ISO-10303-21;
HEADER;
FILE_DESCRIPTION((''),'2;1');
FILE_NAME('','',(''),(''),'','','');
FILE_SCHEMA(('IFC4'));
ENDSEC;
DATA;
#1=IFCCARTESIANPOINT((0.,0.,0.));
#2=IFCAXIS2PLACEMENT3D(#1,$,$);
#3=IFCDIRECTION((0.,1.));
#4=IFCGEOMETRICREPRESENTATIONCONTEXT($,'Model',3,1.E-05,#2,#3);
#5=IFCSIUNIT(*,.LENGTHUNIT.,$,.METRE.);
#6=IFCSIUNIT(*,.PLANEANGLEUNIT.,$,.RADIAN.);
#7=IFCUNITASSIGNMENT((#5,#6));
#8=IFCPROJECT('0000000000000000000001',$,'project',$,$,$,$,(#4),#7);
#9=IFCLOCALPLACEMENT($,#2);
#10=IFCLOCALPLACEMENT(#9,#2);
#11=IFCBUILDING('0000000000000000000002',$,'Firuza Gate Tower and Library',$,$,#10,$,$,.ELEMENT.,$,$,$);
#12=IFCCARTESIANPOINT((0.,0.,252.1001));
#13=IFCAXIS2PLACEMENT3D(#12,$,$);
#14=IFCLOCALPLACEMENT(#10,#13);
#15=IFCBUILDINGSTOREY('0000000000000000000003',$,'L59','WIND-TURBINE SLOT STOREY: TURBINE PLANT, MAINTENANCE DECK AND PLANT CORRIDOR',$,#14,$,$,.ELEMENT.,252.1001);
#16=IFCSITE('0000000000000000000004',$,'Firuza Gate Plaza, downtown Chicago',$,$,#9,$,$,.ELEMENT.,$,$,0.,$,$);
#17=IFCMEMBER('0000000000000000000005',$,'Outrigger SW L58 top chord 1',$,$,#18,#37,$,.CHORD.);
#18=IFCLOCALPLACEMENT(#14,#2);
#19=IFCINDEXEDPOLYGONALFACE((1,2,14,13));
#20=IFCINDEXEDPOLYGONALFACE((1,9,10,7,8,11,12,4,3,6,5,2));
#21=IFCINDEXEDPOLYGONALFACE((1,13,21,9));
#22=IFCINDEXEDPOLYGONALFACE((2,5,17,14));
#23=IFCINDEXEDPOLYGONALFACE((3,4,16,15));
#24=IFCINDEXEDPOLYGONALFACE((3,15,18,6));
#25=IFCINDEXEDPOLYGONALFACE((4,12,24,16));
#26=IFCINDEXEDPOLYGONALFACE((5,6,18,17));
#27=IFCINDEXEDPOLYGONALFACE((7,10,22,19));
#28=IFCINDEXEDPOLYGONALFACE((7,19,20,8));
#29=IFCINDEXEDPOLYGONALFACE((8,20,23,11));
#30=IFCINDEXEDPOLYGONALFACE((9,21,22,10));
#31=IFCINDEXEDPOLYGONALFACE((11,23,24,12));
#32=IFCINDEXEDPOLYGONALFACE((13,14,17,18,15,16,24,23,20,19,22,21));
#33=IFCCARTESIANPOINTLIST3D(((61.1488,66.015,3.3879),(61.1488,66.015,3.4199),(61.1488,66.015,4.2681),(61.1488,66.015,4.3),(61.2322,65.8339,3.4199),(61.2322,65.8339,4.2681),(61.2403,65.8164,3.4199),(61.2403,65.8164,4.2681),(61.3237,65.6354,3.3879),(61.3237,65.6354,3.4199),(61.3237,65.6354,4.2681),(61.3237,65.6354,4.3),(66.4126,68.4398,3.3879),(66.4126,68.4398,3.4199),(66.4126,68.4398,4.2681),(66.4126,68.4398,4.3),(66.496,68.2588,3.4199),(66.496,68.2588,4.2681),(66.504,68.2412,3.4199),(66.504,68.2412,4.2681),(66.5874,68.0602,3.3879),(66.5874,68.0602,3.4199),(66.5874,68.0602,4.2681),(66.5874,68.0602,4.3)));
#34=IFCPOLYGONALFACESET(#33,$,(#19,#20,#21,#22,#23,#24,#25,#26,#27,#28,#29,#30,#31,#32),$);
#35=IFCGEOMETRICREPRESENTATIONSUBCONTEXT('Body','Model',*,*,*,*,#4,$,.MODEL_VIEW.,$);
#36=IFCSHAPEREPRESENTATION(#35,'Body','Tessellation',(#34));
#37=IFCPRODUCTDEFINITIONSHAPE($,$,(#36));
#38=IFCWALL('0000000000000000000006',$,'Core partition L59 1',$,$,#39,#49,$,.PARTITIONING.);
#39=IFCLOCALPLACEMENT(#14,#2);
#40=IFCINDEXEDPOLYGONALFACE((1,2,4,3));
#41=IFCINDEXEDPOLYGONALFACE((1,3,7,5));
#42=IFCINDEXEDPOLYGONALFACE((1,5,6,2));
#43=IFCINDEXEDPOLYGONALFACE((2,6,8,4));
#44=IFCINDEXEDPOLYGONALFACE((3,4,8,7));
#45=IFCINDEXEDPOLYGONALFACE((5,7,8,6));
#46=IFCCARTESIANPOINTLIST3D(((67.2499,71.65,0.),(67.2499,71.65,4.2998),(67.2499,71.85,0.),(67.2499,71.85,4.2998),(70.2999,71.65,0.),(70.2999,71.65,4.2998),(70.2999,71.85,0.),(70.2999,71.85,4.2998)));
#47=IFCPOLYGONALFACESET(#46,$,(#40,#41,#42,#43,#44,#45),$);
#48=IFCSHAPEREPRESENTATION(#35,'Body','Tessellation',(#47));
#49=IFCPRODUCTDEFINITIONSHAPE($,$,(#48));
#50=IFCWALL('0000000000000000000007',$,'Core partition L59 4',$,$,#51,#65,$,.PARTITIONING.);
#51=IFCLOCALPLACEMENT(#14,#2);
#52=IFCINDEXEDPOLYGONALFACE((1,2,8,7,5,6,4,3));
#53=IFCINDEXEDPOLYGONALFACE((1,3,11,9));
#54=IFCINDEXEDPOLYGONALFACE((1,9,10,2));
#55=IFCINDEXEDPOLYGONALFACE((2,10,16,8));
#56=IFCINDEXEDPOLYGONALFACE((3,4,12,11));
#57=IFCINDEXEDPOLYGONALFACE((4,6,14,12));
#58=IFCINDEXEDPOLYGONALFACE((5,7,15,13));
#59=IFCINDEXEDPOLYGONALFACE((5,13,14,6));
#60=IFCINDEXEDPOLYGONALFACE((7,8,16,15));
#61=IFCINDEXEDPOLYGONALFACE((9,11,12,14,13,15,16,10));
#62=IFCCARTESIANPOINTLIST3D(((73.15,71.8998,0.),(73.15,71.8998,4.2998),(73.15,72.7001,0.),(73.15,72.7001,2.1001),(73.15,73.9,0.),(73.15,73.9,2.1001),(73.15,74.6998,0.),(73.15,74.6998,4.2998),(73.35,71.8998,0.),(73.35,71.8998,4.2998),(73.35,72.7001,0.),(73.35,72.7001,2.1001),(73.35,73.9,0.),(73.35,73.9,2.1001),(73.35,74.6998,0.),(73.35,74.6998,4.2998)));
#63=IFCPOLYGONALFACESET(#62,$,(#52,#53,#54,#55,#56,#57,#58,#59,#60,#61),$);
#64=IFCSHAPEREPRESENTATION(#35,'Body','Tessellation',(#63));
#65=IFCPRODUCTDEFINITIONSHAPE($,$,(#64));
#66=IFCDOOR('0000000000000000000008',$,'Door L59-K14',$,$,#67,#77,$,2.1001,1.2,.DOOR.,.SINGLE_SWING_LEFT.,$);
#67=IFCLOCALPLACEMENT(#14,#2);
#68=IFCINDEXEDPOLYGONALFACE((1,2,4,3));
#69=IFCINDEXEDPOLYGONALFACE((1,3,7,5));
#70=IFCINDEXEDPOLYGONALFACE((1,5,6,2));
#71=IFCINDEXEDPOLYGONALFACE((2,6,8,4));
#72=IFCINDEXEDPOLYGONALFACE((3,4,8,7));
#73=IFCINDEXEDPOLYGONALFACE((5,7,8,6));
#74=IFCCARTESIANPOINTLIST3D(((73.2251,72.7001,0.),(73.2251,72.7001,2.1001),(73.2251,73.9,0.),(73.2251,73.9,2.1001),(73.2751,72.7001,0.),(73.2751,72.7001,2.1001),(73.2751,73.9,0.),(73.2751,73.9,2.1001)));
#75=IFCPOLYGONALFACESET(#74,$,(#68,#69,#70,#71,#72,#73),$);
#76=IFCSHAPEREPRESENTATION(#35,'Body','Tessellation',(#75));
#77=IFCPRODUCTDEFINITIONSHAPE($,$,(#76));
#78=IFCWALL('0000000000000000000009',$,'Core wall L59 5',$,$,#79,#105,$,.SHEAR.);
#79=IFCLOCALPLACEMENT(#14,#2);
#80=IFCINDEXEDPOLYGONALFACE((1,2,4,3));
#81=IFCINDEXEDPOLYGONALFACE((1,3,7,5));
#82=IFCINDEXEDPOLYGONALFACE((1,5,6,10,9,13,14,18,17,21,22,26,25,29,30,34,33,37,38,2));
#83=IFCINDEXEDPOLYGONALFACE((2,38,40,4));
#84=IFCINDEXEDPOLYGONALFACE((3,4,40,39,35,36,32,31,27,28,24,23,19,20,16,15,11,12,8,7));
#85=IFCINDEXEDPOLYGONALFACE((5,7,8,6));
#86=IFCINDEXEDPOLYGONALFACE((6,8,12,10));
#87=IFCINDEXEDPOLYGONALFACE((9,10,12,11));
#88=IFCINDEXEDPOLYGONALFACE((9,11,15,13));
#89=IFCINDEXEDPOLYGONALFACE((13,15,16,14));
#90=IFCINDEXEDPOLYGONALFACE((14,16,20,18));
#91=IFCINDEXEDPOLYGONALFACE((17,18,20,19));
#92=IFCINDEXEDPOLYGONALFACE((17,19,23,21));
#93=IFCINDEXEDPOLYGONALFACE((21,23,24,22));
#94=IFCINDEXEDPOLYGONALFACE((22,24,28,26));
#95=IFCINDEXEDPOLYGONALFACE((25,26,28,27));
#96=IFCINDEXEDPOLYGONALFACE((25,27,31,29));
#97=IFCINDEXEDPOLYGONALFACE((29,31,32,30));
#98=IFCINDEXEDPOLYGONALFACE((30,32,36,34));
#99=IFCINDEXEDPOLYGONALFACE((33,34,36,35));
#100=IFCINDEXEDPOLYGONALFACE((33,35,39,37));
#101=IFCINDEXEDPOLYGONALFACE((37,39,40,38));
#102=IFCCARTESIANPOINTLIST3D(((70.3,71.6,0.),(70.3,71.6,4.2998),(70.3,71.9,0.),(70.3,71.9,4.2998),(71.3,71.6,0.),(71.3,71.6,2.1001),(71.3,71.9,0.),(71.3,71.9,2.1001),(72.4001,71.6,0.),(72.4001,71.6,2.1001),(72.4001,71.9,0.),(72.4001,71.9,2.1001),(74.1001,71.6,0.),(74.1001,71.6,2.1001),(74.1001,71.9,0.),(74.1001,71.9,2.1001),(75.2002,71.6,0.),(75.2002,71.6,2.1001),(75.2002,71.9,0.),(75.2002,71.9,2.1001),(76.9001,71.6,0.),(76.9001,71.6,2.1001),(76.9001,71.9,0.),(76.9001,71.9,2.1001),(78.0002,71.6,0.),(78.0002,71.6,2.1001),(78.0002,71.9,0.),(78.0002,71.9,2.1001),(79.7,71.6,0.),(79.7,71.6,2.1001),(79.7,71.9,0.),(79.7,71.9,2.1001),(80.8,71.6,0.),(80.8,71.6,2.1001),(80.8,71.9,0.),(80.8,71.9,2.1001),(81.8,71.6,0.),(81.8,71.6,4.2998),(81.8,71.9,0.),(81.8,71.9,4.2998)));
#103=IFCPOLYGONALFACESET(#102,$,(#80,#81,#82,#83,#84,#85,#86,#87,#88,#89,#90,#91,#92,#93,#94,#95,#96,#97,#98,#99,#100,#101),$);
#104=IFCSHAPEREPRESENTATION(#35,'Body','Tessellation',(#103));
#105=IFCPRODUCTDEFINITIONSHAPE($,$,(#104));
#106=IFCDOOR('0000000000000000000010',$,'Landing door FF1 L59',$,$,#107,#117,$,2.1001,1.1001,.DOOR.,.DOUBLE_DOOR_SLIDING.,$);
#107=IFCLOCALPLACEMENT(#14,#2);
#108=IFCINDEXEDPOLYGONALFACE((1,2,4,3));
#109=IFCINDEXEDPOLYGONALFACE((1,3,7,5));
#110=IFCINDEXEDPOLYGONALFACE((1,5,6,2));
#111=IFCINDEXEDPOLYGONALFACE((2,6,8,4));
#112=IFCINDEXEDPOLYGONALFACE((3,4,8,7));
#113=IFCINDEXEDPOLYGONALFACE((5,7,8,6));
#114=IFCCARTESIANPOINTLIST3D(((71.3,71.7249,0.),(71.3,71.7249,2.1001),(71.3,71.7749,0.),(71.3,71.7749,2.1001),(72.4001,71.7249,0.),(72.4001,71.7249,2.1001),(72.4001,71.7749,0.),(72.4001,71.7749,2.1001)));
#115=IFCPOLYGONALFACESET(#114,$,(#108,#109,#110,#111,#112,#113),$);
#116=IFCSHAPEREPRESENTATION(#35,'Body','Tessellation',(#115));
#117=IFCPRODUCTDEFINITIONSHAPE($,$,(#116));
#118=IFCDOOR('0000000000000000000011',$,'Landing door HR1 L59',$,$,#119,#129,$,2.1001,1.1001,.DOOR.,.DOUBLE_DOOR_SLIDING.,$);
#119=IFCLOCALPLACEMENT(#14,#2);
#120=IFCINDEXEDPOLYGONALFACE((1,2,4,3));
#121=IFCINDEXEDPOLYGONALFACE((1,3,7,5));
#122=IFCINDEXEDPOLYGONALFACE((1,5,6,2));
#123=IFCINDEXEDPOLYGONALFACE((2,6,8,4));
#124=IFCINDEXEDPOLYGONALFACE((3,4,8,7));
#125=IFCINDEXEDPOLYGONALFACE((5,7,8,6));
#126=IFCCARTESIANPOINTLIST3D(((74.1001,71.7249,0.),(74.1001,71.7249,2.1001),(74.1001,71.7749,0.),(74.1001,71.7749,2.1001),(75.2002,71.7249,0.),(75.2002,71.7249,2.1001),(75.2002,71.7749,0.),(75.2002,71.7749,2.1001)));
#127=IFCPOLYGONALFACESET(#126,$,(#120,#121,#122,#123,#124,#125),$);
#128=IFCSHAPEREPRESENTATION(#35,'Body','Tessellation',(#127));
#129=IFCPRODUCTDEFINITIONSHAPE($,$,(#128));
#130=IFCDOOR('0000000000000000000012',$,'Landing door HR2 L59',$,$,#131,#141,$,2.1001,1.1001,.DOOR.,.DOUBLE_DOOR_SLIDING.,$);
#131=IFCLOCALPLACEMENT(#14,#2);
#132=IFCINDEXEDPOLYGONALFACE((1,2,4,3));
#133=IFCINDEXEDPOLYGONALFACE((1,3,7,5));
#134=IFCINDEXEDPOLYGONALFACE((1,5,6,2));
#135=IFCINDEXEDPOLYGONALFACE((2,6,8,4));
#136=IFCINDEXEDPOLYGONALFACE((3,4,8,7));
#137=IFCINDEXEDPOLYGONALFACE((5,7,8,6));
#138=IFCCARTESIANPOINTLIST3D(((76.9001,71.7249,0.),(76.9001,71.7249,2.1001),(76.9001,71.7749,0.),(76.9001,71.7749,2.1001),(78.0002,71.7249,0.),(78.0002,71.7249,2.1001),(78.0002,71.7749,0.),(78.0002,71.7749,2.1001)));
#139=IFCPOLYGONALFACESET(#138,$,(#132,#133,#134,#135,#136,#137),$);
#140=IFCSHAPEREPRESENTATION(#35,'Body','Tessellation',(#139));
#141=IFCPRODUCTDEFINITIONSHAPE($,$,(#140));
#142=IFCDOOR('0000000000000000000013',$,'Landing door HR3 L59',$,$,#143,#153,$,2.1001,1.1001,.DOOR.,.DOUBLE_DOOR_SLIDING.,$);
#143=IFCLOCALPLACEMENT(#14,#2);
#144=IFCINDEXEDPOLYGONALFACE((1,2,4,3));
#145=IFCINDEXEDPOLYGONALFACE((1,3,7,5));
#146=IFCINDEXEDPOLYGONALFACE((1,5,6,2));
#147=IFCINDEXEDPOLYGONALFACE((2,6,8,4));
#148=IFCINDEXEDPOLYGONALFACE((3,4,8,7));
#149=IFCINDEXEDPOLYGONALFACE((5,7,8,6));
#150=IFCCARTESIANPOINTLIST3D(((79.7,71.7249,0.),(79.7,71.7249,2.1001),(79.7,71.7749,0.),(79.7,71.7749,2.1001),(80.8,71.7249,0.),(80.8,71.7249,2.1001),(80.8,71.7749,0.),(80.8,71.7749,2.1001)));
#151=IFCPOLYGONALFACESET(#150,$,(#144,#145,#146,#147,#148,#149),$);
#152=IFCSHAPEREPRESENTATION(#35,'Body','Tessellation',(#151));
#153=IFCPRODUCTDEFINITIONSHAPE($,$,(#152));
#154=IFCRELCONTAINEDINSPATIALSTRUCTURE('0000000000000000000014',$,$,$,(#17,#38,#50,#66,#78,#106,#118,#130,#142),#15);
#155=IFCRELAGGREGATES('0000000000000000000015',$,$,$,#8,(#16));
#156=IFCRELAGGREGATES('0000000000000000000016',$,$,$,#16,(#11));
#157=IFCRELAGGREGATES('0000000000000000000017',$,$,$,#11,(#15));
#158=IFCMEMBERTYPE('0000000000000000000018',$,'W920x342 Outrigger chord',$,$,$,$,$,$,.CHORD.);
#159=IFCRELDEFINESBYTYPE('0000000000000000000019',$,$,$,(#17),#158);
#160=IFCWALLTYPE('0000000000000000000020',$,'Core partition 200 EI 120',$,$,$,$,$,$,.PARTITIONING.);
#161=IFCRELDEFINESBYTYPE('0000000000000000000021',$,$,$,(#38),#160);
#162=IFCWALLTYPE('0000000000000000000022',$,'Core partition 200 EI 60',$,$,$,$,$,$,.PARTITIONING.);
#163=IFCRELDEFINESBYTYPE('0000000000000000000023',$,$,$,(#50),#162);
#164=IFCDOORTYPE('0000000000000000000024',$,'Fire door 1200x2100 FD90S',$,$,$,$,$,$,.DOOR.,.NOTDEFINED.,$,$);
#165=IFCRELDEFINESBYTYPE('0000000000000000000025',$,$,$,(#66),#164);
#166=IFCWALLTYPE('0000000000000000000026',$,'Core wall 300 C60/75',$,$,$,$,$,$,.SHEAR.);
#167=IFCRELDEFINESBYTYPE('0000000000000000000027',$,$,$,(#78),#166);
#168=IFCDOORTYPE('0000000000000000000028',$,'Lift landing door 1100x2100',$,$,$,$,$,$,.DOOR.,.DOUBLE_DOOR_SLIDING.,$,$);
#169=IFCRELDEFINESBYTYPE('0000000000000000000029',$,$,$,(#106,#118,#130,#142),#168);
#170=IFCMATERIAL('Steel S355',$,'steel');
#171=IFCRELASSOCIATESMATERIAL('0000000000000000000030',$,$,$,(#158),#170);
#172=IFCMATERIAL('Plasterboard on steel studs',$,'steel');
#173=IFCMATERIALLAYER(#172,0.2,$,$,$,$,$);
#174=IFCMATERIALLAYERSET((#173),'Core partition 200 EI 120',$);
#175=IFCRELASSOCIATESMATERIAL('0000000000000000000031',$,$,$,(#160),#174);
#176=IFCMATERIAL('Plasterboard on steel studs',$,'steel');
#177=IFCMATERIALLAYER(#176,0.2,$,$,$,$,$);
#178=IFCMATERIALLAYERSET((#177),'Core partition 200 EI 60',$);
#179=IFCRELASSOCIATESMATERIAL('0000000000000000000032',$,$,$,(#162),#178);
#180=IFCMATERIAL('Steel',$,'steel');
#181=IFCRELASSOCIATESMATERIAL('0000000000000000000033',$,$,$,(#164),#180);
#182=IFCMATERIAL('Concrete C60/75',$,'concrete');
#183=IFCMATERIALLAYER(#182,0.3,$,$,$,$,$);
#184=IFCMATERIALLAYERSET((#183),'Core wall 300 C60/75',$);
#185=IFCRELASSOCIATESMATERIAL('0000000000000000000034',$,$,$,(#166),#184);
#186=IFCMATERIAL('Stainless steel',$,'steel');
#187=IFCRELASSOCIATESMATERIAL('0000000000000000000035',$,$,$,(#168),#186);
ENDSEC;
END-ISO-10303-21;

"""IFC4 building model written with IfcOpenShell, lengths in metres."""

from ifc_helpers import new_model, si_unit, direction, frame, frame_2d, origin, origin_2d, place, context, subcontext, project, spatial, rectangle, i_section, extrude, material, layer, layer_set, material_profile, profile_set, type_object, element, fill, save


model = new_model("IFC4")

# Units and contexts
model_context = context("Model", 3, precision=1e-05, world=origin(), true_north=direction((0.0, 1.0)))
body_context = subcontext(model_context, "Body", "Model", "MODEL_VIEW")
ifc_project = project(units=[si_unit("LENGTHUNIT", "METRE"), si_unit("PLANEANGLEUNIT", "RADIAN")], contexts=[model_context])

# Site, building, storey
site_placement = place(None, origin())
site = spatial("IfcSite", under=ifc_project, at=site_placement, Name="Firuza Gate Plaza, downtown Chicago", CompositionType="ELEMENT", RefElevation=0.0)
building_placement = place(site_placement, origin())
building = spatial("IfcBuilding", under=site, at=building_placement, Name="Firuza Gate Tower and Library", CompositionType="ELEMENT")
storey_placement = place(building_placement, frame((0.0, 0.0, 252.1001)))
storey = spatial("IfcBuildingStorey", under=building, at=storey_placement, Name="L59", Description="WIND-TURBINE SLOT STOREY: TURBINE PLANT, MAINTENANCE DECK AND PLANT CORRIDOR", CompositionType="ELEMENT", Elevation=252.1001)

# Member
ifc_material_1 = material(Name="Steel S355", Category="steel")
ifc_material_profile = material_profile(ifc_material_1, i_section(OverallWidth=0.418, OverallDepth=0.9121, WebThickness=0.0193, FlangeThickness=0.032, at=origin_2d()))
ifc_profile_set = profile_set([ifc_material_profile], Name="Steel S355")
member_type = type_object("IfcMemberType", Name="W920x342 Outrigger chord", PredefinedType="CHORD", material=ifc_profile_set)
member_placement = place(storey_placement, frame((66.5, 68.25, 3.844), z_axis=(-0.90826, -0.418406, 0.0), x_axis=(0.418406, -0.90826, 0.0)))
element("IfcMember", 1, at=member_placement, inside=storey, type_object=member_type, Name="Outrigger SW L58 top chord 1", PredefinedType="CHORD", context=body_context, shape_type="SweptSolid", body=[
    extrude(i_section(OverallWidth=0.418, OverallDepth=0.9121, WebThickness=0.0193, FlangeThickness=0.032, at=origin_2d()), origin(), (0.0, 0.0, 1.0), 5.7954),
])

# Wall
ifc_material_2 = material(Name="Plasterboard on steel studs", Category="steel")
ifc_layer_1 = layer(ifc_material_2, 0.2)
ifc_layer_set_1 = layer_set([ifc_layer_1], Name="Core partition 200 EI 120")
wall_type_1 = type_object("IfcWallType", Name="Core partition 200 EI 120", PredefinedType="PARTITIONING", material=ifc_layer_set_1)
wall_1_placement = place(storey_placement, frame((67.25, 71.75, 0.0), z_axis=(0.0, 0.0, 1.0), x_axis=(1.0, 0.0, 0.0)))
element("IfcWall", 2, at=wall_1_placement, inside=storey, type_object=wall_type_1, Name="Core partition L59 1", PredefinedType="PARTITIONING", context=body_context, shape_type="SweptSolid", body=[
    extrude(rectangle(XDim=3.05, YDim=0.2, at=frame_2d((1.5249, 0.0))), origin(), (0.0, 0.0, 1.0), 4.2998),
])

# Wall, opening, door
ifc_material_3 = material(Name="Plasterboard on steel studs", Category="steel")
ifc_layer_2 = layer(ifc_material_3, 0.2)
ifc_layer_set_2 = layer_set([ifc_layer_2], Name="Core partition 200 EI 60")
wall_type_2 = type_object("IfcWallType", Name="Core partition 200 EI 60", PredefinedType="PARTITIONING", material=ifc_layer_set_2)
wall_2_placement = place(storey_placement, frame((73.25, 71.8999, 0.0), z_axis=(0.0, 0.0, 1.0), x_axis=(0.0, 1.0, 0.0)))
wall_2 = element("IfcWall", 3, at=wall_2_placement, inside=storey, type_object=wall_type_2, Name="Core partition L59 4", PredefinedType="PARTITIONING", context=body_context, shape_type="SweptSolid", body=[
    extrude(rectangle(XDim=2.8, YDim=0.2, at=frame_2d((1.3999, 0.0))), origin(), (0.0, 0.0, 1.0), 4.2998),
])
opening_1_placement = place(wall_2_placement, frame((0.8, 0.0, 0.0)))
opening_1 = element("IfcOpeningElement", 4, at=opening_1_placement, cuts=wall_2, PredefinedType="OPENING", context=body_context, shape_type="SweptSolid", body=[
    extrude(rectangle(XDim=1.2, YDim=2.1001, at=frame_2d((0.6001, 1.05))), frame((0.0, 0.1099, 0.0), z_axis=(0.0, -1.0, 0.0), x_axis=(1.0, 0.0, 0.0)), (0.0, 0.0, 1.0), 0.22),
])
ifc_material_4 = material(Name="Steel", Category="steel")
door_type_1 = type_object("IfcDoorType", Name="Fire door 1200x2100 FD90S", OperationType="NOTDEFINED", PredefinedType="DOOR", material=ifc_material_4)
door_1_placement = place(opening_1_placement, origin())
door_1 = element("IfcDoor", 5, at=door_1_placement, inside=storey, type_object=door_type_1, Name="Door L59-K14", OperationType="SINGLE_SWING_LEFT", OverallHeight=2.1001, OverallWidth=1.2, PredefinedType="DOOR", context=body_context, shape_type="SweptSolid", body=[
    extrude(rectangle(XDim=1.2, YDim=2.1001, at=frame_2d((0.6001, 1.05))), frame((0.0, 0.0249, 0.0), z_axis=(0.0, -1.0, 0.0), x_axis=(1.0, 0.0, 0.0)), (0.0, 0.0, 1.0), 0.05),
])
fill(opening_1, door_1)

# Wall, openings, doors
ifc_material_5 = material(Name="Concrete C60/75", Category="concrete")
ifc_layer_3 = layer(ifc_material_5, 0.3)
ifc_layer_set_3 = layer_set([ifc_layer_3], Name="Core wall 300 C60/75")
wall_type_3 = type_object("IfcWallType", Name="Core wall 300 C60/75", PredefinedType="SHEAR", material=ifc_layer_set_3)
wall_3_placement = place(storey_placement, frame((70.3, 71.75, 0.0), z_axis=(0.0, 0.0, 1.0), x_axis=(1.0, 0.0, 0.0)))
wall_3 = element("IfcWall", 6, at=wall_3_placement, inside=storey, type_object=wall_type_3, Name="Core wall L59 5", PredefinedType="SHEAR", context=body_context, shape_type="SweptSolid", body=[
    extrude(rectangle(XDim=11.5, YDim=0.3, at=frame_2d((5.75, 0.0))), origin(), (0.0, 0.0, 1.0), 4.2998),
])
opening_2_placement = place(wall_3_placement, frame((1.0, 0.0, 0.0)))
opening_2 = element("IfcOpeningElement", 7, at=opening_2_placement, cuts=wall_3, PredefinedType="OPENING", context=body_context, shape_type="SweptSolid", body=[
    extrude(rectangle(XDim=1.1001, YDim=2.1001, at=frame_2d((0.55, 1.05))), frame((0.0, 0.1602, 0.0), z_axis=(0.0, -1.0, 0.0), x_axis=(1.0, 0.0, 0.0)), (0.0, 0.0, 1.0), 0.3201),
])
opening_3_placement = place(wall_3_placement, frame((3.8, 0.0, 0.0)))
opening_3 = element("IfcOpeningElement", 8, at=opening_3_placement, cuts=wall_3, PredefinedType="OPENING", context=body_context, shape_type="SweptSolid", body=[
    extrude(rectangle(XDim=1.1001, YDim=2.1001, at=frame_2d((0.55, 1.05))), frame((0.0, 0.1602, 0.0), z_axis=(0.0, -1.0, 0.0), x_axis=(1.0, 0.0, 0.0)), (0.0, 0.0, 1.0), 0.3201),
])
opening_4_placement = place(wall_3_placement, frame((6.6001, 0.0, 0.0)))
opening_4 = element("IfcOpeningElement", 9, at=opening_4_placement, cuts=wall_3, PredefinedType="OPENING", context=body_context, shape_type="SweptSolid", body=[
    extrude(rectangle(XDim=1.1001, YDim=2.1001, at=frame_2d((0.55, 1.05))), frame((0.0, 0.1602, 0.0), z_axis=(0.0, -1.0, 0.0), x_axis=(1.0, 0.0, 0.0)), (0.0, 0.0, 1.0), 0.3201),
])
opening_5_placement = place(wall_3_placement, frame((9.3999, 0.0, 0.0)))
opening_5 = element("IfcOpeningElement", 10, at=opening_5_placement, cuts=wall_3, PredefinedType="OPENING", context=body_context, shape_type="SweptSolid", body=[
    extrude(rectangle(XDim=1.1001, YDim=2.1001, at=frame_2d((0.55, 1.05))), frame((0.0, 0.1602, 0.0), z_axis=(0.0, -1.0, 0.0), x_axis=(1.0, 0.0, 0.0)), (0.0, 0.0, 1.0), 0.3201),
])
ifc_material_6 = material(Name="Stainless steel", Category="steel")
door_type_2 = type_object("IfcDoorType", Name="Lift landing door 1100x2100", OperationType="DOUBLE_DOOR_SLIDING", PredefinedType="DOOR", material=ifc_material_6)
door_2_placement = place(opening_2_placement, origin())
door_2 = element("IfcDoor", 11, at=door_2_placement, inside=storey, type_object=door_type_2, Name="Landing door FF1 L59", OperationType="DOUBLE_DOOR_SLIDING", OverallHeight=2.1001, OverallWidth=1.1001, PredefinedType="DOOR", context=body_context, shape_type="SweptSolid", body=[
    extrude(rectangle(XDim=1.1001, YDim=2.1001, at=frame_2d((0.55, 1.05))), frame((0.0, 0.0249, 0.0), z_axis=(0.0, -1.0, 0.0), x_axis=(1.0, 0.0, 0.0)), (0.0, 0.0, 1.0), 0.05),
])
fill(opening_2, door_2)
door_3_placement = place(opening_3_placement, origin())
door_3 = element("IfcDoor", 12, at=door_3_placement, inside=storey, type_object=door_type_2, Name="Landing door HR1 L59", OperationType="DOUBLE_DOOR_SLIDING", OverallHeight=2.1001, OverallWidth=1.1001, PredefinedType="DOOR", context=body_context, shape_type="SweptSolid", body=[
    extrude(rectangle(XDim=1.1001, YDim=2.1001, at=frame_2d((0.55, 1.05))), frame((0.0, 0.0249, 0.0), z_axis=(0.0, -1.0, 0.0), x_axis=(1.0, 0.0, 0.0)), (0.0, 0.0, 1.0), 0.05),
])
fill(opening_3, door_3)
door_4_placement = place(opening_4_placement, origin())
door_4 = element("IfcDoor", 13, at=door_4_placement, inside=storey, type_object=door_type_2, Name="Landing door HR2 L59", OperationType="DOUBLE_DOOR_SLIDING", OverallHeight=2.1001, OverallWidth=1.1001, PredefinedType="DOOR", context=body_context, shape_type="SweptSolid", body=[
    extrude(rectangle(XDim=1.1001, YDim=2.1001, at=frame_2d((0.55, 1.05))), frame((0.0, 0.0249, 0.0), z_axis=(0.0, -1.0, 0.0), x_axis=(1.0, 0.0, 0.0)), (0.0, 0.0, 1.0), 0.05),
])
fill(opening_4, door_4)
door_5_placement = place(opening_5_placement, origin())
door_5 = element("IfcDoor", 14, at=door_5_placement, inside=storey, type_object=door_type_2, Name="Landing door HR3 L59", OperationType="DOUBLE_DOOR_SLIDING", OverallHeight=2.1001, OverallWidth=1.1001, PredefinedType="DOOR", context=body_context, shape_type="SweptSolid", body=[
    extrude(rectangle(XDim=1.1001, YDim=2.1001, at=frame_2d((0.55, 1.05))), frame((0.0, 0.0249, 0.0), z_axis=(0.0, -1.0, 0.0), x_axis=(1.0, 0.0, 0.0)), (0.0, 0.0, 1.0), 0.05),
])
fill(opening_5, door_5)

save(model, "model.ifc")
